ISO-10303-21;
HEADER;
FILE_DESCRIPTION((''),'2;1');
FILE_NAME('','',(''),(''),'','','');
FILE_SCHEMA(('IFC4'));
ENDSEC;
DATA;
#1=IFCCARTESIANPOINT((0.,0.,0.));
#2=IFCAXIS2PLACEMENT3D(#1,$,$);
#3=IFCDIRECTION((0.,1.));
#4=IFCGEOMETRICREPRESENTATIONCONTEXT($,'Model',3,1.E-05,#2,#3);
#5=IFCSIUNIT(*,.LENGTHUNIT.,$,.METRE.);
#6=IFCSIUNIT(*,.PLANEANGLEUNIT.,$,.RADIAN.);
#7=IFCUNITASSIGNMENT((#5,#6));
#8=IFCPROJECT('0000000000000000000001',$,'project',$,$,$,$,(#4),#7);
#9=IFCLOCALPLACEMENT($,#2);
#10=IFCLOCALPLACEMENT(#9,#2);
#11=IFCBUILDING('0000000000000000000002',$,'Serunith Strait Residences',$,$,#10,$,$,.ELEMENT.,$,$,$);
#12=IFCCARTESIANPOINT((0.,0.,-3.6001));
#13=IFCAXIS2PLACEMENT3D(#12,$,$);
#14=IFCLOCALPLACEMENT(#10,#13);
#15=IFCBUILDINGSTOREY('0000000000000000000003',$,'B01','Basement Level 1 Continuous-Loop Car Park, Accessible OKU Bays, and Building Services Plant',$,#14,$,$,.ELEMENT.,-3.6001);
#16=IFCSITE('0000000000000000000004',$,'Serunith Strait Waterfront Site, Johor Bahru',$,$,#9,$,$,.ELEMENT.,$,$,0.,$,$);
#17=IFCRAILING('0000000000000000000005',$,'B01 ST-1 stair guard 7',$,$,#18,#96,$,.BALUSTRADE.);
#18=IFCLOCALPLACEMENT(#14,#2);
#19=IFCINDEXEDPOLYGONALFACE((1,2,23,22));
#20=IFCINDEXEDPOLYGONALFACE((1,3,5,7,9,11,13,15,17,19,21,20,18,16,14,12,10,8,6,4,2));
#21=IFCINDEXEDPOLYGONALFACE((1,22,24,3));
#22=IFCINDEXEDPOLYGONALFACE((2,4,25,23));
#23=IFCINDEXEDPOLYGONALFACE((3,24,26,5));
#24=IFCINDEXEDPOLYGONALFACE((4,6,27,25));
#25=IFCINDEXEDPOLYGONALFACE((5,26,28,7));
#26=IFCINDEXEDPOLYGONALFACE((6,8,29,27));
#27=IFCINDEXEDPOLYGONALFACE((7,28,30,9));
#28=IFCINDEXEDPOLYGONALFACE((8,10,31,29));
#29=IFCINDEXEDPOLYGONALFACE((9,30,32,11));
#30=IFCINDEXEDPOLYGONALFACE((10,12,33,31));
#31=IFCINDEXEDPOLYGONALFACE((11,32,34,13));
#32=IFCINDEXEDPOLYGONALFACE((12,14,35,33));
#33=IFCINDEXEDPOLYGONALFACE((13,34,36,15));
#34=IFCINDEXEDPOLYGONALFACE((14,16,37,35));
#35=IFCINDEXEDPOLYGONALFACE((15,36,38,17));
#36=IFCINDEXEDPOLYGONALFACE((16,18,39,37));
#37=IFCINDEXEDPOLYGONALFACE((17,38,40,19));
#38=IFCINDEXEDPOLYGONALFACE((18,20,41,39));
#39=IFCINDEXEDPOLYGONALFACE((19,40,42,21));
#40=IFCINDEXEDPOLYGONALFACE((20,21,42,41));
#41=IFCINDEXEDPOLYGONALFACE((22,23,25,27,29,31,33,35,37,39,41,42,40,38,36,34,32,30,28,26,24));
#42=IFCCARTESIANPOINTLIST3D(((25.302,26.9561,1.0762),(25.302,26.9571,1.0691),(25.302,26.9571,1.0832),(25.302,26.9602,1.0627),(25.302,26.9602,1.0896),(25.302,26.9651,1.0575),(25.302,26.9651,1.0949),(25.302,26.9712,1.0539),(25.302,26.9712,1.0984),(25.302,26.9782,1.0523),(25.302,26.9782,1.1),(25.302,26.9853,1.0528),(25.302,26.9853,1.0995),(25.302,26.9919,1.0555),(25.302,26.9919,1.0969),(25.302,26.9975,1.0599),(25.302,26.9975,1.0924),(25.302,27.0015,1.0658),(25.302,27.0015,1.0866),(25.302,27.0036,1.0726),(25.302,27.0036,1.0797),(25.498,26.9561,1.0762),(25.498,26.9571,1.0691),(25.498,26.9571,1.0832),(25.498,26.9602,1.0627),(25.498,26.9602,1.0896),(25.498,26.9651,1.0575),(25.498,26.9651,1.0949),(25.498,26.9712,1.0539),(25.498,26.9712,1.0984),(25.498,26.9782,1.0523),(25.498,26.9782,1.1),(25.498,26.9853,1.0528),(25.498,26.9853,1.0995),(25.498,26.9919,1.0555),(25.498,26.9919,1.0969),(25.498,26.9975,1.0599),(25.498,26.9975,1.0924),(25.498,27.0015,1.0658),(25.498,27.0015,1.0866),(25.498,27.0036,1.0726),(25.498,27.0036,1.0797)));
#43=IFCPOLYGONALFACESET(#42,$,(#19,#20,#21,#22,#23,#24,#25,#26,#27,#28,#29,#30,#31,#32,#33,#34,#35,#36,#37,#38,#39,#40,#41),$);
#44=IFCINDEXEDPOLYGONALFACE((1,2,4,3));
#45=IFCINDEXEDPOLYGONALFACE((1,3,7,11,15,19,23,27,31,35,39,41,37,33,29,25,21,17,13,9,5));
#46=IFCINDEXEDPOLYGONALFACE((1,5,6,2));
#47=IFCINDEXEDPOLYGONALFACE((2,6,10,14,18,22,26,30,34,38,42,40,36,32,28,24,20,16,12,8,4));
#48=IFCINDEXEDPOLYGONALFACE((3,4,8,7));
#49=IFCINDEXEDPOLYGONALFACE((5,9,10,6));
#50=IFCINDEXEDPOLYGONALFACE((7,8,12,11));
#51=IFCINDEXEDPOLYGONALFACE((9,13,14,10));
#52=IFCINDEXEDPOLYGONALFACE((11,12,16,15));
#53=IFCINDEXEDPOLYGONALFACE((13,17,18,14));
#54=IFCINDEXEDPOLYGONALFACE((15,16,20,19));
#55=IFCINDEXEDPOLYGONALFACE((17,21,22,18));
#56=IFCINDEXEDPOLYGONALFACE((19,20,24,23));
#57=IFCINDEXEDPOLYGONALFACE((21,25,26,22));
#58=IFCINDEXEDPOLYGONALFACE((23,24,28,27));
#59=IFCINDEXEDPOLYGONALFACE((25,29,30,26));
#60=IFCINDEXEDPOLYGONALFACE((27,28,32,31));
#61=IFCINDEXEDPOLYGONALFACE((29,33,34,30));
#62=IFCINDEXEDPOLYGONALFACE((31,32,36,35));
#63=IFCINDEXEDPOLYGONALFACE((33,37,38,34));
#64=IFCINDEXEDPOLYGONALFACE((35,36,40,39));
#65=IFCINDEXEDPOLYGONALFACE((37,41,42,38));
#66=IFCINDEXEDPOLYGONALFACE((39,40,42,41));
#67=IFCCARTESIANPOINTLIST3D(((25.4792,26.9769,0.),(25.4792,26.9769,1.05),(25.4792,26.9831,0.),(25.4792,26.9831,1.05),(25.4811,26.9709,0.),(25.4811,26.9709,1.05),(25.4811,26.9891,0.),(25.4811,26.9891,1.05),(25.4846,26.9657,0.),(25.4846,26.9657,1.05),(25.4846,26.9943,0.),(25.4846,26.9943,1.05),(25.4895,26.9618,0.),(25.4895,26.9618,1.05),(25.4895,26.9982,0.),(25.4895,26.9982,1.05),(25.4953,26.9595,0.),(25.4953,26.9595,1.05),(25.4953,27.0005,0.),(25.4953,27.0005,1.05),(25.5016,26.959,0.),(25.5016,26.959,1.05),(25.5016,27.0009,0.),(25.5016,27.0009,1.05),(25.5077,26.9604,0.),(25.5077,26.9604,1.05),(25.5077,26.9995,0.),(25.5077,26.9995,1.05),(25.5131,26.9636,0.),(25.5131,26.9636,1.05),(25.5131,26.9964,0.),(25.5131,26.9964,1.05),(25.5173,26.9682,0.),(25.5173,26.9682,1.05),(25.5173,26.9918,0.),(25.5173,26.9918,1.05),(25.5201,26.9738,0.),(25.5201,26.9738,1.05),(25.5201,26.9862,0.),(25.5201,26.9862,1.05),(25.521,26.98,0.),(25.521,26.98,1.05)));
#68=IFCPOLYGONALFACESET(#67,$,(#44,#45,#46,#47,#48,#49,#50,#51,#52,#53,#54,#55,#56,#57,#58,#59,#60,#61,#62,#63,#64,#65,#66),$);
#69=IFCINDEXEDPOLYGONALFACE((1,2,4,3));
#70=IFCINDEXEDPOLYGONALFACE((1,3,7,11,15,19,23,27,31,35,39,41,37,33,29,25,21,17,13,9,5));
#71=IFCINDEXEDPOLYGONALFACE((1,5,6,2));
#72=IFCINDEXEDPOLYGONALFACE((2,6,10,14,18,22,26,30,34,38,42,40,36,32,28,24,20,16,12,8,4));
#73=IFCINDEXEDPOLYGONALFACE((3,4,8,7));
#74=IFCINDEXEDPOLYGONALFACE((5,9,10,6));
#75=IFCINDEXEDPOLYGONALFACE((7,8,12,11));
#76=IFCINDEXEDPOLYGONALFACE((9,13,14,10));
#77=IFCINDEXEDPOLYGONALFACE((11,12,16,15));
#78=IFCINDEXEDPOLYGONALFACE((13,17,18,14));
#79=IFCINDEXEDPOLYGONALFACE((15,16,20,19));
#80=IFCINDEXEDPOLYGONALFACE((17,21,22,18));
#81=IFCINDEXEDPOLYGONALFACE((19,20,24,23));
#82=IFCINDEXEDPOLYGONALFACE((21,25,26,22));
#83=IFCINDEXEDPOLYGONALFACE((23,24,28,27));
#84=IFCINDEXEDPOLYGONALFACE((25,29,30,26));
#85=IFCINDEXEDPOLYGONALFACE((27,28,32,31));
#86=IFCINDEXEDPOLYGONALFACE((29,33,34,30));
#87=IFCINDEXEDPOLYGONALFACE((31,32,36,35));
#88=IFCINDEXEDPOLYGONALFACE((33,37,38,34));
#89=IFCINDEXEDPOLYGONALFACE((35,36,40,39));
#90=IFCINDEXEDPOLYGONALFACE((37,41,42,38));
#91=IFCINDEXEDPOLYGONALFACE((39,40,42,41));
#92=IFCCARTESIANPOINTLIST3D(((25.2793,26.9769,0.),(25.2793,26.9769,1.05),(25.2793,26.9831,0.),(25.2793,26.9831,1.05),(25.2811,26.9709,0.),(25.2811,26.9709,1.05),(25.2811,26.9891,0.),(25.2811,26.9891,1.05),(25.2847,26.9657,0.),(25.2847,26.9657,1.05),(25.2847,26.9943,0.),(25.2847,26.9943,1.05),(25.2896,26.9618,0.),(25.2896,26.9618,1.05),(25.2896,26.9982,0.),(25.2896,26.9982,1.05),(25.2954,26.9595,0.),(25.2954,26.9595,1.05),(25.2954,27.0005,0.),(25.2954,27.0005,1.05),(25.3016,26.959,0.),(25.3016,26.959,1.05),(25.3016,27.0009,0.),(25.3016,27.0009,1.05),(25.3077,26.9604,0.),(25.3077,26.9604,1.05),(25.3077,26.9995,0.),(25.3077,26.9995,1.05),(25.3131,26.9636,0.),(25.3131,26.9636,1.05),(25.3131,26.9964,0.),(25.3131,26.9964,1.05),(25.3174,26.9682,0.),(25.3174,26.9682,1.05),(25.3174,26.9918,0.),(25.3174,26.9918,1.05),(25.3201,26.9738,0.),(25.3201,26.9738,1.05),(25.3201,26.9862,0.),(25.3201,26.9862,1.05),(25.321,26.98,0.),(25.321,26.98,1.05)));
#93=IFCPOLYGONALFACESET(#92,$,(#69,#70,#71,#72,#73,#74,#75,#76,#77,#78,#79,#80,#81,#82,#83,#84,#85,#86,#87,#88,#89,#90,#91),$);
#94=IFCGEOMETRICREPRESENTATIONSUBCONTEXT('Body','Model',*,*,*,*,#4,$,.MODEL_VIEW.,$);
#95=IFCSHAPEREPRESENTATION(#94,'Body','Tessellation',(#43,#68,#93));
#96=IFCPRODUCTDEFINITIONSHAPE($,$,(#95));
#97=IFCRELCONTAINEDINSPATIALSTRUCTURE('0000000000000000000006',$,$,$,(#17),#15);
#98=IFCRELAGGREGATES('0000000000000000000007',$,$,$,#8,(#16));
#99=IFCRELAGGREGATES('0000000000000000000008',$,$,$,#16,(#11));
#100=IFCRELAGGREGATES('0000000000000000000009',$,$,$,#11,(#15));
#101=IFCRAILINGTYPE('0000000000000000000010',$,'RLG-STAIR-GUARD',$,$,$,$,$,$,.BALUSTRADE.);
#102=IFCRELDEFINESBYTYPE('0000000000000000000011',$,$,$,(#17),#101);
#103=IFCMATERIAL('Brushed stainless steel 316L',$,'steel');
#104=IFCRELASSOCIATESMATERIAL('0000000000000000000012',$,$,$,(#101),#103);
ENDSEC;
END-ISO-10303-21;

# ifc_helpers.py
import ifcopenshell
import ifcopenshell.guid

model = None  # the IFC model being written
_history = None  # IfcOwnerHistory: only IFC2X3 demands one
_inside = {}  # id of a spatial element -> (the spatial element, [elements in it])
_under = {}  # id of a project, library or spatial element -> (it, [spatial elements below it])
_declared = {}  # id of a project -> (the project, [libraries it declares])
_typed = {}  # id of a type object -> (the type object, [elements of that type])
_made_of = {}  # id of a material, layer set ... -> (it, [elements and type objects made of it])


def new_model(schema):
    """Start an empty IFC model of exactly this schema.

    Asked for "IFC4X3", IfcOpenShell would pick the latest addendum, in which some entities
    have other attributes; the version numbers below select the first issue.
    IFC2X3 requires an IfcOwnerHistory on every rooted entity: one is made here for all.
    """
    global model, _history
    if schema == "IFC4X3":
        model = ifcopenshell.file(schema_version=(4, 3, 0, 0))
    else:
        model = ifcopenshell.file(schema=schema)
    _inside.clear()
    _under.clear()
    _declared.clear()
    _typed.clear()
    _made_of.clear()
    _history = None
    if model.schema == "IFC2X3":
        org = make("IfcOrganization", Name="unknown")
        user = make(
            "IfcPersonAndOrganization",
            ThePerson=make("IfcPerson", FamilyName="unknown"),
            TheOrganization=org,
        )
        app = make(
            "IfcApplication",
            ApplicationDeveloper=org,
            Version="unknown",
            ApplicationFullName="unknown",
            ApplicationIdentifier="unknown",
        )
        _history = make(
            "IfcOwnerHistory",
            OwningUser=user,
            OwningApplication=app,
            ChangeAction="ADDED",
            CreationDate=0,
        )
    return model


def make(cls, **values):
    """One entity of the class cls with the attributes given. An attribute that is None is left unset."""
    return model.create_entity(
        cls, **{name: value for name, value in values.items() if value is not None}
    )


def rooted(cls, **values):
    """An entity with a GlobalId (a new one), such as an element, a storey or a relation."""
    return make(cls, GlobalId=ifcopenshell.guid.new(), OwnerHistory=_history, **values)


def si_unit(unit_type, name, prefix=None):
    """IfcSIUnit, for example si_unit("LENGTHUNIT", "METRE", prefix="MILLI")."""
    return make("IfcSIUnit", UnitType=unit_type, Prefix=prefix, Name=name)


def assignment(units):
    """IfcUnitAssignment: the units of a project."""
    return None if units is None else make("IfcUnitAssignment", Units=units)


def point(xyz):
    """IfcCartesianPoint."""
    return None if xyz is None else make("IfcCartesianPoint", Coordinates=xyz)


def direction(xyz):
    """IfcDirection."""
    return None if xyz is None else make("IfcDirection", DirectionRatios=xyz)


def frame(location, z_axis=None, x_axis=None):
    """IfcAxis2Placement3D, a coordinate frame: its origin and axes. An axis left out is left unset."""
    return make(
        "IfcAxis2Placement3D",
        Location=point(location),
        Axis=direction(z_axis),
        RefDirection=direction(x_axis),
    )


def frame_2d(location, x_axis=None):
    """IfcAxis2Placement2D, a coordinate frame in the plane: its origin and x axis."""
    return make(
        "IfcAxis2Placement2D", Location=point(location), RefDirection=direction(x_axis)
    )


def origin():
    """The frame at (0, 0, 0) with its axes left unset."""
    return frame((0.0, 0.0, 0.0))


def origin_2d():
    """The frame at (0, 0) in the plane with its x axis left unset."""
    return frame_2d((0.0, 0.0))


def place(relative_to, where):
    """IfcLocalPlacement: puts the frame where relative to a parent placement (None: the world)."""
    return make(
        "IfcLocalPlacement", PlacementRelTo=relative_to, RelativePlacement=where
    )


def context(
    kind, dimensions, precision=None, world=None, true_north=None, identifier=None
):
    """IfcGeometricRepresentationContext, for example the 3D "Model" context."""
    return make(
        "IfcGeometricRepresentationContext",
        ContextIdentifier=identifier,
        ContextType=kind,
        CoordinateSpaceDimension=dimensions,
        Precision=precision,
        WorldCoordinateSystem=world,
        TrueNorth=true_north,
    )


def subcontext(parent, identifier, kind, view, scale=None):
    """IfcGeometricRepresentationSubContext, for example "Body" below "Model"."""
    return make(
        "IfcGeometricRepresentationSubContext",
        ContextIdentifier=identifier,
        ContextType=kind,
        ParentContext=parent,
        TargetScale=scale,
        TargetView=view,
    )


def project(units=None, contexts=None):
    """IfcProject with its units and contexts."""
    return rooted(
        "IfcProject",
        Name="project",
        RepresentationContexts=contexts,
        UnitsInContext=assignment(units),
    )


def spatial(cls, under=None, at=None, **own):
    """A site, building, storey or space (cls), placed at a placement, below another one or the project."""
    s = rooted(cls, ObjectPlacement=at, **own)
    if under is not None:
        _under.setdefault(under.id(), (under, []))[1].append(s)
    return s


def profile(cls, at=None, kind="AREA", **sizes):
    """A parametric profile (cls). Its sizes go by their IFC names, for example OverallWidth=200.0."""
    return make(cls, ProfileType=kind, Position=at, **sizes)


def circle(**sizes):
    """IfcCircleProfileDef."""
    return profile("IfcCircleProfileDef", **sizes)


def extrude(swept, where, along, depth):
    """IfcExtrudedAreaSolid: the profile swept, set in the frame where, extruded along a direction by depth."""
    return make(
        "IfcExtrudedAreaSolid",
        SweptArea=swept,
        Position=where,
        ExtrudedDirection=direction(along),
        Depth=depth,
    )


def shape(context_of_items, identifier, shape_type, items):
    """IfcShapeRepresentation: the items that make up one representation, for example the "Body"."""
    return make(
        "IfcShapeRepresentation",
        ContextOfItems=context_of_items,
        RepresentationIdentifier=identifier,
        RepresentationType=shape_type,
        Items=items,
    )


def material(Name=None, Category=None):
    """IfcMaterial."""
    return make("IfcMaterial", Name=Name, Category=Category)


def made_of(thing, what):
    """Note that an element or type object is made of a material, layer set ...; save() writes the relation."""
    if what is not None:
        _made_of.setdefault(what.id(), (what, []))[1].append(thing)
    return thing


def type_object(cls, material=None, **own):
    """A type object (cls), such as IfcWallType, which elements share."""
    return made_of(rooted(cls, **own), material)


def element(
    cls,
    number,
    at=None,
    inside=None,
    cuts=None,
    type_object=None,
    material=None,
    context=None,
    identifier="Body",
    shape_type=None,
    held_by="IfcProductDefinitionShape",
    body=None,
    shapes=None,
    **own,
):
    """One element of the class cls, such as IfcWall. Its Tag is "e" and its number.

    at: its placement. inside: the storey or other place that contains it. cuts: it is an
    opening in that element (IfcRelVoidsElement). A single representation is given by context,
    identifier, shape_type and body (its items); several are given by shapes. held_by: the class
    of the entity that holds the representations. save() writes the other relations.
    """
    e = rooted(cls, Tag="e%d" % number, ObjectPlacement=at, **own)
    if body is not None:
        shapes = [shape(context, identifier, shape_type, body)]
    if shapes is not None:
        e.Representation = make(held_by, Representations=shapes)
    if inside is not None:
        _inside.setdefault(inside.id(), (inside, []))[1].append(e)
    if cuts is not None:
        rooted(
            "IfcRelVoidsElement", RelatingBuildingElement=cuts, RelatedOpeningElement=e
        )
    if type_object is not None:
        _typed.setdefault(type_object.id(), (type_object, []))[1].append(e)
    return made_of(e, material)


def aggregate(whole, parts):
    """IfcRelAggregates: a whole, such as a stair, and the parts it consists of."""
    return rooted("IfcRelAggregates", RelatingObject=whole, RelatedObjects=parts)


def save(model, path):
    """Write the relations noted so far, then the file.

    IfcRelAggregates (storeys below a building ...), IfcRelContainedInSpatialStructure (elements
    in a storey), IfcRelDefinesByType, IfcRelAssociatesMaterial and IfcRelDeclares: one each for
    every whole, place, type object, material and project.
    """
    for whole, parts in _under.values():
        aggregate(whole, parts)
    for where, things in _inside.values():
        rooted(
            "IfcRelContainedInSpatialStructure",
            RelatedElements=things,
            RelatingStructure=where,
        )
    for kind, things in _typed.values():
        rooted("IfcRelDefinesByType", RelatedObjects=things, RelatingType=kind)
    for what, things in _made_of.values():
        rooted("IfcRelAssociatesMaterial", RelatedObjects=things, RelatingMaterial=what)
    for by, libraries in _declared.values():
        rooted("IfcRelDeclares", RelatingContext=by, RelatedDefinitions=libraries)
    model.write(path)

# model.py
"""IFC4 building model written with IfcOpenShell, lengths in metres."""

from ifc_helpers import new_model, si_unit, direction, frame, origin, origin_2d, place, context, subcontext, project, spatial, circle, extrude, material, type_object, element, save


model = new_model("IFC4")

# Units and contexts
model_context = context("Model", 3, precision=1e-05, world=origin(), true_north=direction((0.0, 1.0)))
body_context = subcontext(model_context, "Body", "Model", "MODEL_VIEW")
ifc_project = project(units=[si_unit("LENGTHUNIT", "METRE"), si_unit("PLANEANGLEUNIT", "RADIAN")], contexts=[model_context])

# Site, building, storey
site_placement = place(None, origin())
site = spatial("IfcSite", under=ifc_project, at=site_placement, Name="Serunith Strait Waterfront Site, Johor Bahru", CompositionType="ELEMENT", RefElevation=0.0)
building_placement = place(site_placement, origin())
building = spatial("IfcBuilding", under=site, at=building_placement, Name="Serunith Strait Residences", CompositionType="ELEMENT")
storey_placement = place(building_placement, frame((0.0, 0.0, -3.6001)))
storey = spatial("IfcBuildingStorey", under=building, at=storey_placement, Name="B01", Description="Basement Level 1 Continuous-Loop Car Park, Accessible OKU Bays, and Building Services Plant", CompositionType="ELEMENT", Elevation=-3.6001)

# Railing
ifc_material_1 = material(Name="Brushed stainless steel 316L", Category="steel")
railing_type_1 = type_object("IfcRailingType", Name="RLG-STAIR-GUARD", PredefinedType="BALUSTRADE", material=ifc_material_1)
railing_1_placement = place(storey_placement, frame((25.5, 26.98, 0.0)))
element("IfcRailing", 1, at=railing_1_placement, inside=storey, type_object=railing_type_1, Name="B01 ST-1 stair guard 7", PredefinedType="BALUSTRADE", context=body_context, shape_type="SweptSolid", body=[
    extrude(circle(Radius=0.0239, at=origin_2d()), frame((-0.002, 0.0, 1.0762), z_axis=(-1.0, 0.0, 0.0), x_axis=(0.0, -1.0, 0.0)), (0.0, 0.0, 1.0), 0.196),
    extrude(circle(Radius=0.021, at=origin_2d()), origin(), (0.0, 0.0, 1.0), 1.05),
    extrude(circle(Radius=0.021, at=origin_2d()), frame((-0.2, 0.0, 0.0)), (0.0, 0.0, 1.0), 1.05),
])

save(model, "model.ifc")
